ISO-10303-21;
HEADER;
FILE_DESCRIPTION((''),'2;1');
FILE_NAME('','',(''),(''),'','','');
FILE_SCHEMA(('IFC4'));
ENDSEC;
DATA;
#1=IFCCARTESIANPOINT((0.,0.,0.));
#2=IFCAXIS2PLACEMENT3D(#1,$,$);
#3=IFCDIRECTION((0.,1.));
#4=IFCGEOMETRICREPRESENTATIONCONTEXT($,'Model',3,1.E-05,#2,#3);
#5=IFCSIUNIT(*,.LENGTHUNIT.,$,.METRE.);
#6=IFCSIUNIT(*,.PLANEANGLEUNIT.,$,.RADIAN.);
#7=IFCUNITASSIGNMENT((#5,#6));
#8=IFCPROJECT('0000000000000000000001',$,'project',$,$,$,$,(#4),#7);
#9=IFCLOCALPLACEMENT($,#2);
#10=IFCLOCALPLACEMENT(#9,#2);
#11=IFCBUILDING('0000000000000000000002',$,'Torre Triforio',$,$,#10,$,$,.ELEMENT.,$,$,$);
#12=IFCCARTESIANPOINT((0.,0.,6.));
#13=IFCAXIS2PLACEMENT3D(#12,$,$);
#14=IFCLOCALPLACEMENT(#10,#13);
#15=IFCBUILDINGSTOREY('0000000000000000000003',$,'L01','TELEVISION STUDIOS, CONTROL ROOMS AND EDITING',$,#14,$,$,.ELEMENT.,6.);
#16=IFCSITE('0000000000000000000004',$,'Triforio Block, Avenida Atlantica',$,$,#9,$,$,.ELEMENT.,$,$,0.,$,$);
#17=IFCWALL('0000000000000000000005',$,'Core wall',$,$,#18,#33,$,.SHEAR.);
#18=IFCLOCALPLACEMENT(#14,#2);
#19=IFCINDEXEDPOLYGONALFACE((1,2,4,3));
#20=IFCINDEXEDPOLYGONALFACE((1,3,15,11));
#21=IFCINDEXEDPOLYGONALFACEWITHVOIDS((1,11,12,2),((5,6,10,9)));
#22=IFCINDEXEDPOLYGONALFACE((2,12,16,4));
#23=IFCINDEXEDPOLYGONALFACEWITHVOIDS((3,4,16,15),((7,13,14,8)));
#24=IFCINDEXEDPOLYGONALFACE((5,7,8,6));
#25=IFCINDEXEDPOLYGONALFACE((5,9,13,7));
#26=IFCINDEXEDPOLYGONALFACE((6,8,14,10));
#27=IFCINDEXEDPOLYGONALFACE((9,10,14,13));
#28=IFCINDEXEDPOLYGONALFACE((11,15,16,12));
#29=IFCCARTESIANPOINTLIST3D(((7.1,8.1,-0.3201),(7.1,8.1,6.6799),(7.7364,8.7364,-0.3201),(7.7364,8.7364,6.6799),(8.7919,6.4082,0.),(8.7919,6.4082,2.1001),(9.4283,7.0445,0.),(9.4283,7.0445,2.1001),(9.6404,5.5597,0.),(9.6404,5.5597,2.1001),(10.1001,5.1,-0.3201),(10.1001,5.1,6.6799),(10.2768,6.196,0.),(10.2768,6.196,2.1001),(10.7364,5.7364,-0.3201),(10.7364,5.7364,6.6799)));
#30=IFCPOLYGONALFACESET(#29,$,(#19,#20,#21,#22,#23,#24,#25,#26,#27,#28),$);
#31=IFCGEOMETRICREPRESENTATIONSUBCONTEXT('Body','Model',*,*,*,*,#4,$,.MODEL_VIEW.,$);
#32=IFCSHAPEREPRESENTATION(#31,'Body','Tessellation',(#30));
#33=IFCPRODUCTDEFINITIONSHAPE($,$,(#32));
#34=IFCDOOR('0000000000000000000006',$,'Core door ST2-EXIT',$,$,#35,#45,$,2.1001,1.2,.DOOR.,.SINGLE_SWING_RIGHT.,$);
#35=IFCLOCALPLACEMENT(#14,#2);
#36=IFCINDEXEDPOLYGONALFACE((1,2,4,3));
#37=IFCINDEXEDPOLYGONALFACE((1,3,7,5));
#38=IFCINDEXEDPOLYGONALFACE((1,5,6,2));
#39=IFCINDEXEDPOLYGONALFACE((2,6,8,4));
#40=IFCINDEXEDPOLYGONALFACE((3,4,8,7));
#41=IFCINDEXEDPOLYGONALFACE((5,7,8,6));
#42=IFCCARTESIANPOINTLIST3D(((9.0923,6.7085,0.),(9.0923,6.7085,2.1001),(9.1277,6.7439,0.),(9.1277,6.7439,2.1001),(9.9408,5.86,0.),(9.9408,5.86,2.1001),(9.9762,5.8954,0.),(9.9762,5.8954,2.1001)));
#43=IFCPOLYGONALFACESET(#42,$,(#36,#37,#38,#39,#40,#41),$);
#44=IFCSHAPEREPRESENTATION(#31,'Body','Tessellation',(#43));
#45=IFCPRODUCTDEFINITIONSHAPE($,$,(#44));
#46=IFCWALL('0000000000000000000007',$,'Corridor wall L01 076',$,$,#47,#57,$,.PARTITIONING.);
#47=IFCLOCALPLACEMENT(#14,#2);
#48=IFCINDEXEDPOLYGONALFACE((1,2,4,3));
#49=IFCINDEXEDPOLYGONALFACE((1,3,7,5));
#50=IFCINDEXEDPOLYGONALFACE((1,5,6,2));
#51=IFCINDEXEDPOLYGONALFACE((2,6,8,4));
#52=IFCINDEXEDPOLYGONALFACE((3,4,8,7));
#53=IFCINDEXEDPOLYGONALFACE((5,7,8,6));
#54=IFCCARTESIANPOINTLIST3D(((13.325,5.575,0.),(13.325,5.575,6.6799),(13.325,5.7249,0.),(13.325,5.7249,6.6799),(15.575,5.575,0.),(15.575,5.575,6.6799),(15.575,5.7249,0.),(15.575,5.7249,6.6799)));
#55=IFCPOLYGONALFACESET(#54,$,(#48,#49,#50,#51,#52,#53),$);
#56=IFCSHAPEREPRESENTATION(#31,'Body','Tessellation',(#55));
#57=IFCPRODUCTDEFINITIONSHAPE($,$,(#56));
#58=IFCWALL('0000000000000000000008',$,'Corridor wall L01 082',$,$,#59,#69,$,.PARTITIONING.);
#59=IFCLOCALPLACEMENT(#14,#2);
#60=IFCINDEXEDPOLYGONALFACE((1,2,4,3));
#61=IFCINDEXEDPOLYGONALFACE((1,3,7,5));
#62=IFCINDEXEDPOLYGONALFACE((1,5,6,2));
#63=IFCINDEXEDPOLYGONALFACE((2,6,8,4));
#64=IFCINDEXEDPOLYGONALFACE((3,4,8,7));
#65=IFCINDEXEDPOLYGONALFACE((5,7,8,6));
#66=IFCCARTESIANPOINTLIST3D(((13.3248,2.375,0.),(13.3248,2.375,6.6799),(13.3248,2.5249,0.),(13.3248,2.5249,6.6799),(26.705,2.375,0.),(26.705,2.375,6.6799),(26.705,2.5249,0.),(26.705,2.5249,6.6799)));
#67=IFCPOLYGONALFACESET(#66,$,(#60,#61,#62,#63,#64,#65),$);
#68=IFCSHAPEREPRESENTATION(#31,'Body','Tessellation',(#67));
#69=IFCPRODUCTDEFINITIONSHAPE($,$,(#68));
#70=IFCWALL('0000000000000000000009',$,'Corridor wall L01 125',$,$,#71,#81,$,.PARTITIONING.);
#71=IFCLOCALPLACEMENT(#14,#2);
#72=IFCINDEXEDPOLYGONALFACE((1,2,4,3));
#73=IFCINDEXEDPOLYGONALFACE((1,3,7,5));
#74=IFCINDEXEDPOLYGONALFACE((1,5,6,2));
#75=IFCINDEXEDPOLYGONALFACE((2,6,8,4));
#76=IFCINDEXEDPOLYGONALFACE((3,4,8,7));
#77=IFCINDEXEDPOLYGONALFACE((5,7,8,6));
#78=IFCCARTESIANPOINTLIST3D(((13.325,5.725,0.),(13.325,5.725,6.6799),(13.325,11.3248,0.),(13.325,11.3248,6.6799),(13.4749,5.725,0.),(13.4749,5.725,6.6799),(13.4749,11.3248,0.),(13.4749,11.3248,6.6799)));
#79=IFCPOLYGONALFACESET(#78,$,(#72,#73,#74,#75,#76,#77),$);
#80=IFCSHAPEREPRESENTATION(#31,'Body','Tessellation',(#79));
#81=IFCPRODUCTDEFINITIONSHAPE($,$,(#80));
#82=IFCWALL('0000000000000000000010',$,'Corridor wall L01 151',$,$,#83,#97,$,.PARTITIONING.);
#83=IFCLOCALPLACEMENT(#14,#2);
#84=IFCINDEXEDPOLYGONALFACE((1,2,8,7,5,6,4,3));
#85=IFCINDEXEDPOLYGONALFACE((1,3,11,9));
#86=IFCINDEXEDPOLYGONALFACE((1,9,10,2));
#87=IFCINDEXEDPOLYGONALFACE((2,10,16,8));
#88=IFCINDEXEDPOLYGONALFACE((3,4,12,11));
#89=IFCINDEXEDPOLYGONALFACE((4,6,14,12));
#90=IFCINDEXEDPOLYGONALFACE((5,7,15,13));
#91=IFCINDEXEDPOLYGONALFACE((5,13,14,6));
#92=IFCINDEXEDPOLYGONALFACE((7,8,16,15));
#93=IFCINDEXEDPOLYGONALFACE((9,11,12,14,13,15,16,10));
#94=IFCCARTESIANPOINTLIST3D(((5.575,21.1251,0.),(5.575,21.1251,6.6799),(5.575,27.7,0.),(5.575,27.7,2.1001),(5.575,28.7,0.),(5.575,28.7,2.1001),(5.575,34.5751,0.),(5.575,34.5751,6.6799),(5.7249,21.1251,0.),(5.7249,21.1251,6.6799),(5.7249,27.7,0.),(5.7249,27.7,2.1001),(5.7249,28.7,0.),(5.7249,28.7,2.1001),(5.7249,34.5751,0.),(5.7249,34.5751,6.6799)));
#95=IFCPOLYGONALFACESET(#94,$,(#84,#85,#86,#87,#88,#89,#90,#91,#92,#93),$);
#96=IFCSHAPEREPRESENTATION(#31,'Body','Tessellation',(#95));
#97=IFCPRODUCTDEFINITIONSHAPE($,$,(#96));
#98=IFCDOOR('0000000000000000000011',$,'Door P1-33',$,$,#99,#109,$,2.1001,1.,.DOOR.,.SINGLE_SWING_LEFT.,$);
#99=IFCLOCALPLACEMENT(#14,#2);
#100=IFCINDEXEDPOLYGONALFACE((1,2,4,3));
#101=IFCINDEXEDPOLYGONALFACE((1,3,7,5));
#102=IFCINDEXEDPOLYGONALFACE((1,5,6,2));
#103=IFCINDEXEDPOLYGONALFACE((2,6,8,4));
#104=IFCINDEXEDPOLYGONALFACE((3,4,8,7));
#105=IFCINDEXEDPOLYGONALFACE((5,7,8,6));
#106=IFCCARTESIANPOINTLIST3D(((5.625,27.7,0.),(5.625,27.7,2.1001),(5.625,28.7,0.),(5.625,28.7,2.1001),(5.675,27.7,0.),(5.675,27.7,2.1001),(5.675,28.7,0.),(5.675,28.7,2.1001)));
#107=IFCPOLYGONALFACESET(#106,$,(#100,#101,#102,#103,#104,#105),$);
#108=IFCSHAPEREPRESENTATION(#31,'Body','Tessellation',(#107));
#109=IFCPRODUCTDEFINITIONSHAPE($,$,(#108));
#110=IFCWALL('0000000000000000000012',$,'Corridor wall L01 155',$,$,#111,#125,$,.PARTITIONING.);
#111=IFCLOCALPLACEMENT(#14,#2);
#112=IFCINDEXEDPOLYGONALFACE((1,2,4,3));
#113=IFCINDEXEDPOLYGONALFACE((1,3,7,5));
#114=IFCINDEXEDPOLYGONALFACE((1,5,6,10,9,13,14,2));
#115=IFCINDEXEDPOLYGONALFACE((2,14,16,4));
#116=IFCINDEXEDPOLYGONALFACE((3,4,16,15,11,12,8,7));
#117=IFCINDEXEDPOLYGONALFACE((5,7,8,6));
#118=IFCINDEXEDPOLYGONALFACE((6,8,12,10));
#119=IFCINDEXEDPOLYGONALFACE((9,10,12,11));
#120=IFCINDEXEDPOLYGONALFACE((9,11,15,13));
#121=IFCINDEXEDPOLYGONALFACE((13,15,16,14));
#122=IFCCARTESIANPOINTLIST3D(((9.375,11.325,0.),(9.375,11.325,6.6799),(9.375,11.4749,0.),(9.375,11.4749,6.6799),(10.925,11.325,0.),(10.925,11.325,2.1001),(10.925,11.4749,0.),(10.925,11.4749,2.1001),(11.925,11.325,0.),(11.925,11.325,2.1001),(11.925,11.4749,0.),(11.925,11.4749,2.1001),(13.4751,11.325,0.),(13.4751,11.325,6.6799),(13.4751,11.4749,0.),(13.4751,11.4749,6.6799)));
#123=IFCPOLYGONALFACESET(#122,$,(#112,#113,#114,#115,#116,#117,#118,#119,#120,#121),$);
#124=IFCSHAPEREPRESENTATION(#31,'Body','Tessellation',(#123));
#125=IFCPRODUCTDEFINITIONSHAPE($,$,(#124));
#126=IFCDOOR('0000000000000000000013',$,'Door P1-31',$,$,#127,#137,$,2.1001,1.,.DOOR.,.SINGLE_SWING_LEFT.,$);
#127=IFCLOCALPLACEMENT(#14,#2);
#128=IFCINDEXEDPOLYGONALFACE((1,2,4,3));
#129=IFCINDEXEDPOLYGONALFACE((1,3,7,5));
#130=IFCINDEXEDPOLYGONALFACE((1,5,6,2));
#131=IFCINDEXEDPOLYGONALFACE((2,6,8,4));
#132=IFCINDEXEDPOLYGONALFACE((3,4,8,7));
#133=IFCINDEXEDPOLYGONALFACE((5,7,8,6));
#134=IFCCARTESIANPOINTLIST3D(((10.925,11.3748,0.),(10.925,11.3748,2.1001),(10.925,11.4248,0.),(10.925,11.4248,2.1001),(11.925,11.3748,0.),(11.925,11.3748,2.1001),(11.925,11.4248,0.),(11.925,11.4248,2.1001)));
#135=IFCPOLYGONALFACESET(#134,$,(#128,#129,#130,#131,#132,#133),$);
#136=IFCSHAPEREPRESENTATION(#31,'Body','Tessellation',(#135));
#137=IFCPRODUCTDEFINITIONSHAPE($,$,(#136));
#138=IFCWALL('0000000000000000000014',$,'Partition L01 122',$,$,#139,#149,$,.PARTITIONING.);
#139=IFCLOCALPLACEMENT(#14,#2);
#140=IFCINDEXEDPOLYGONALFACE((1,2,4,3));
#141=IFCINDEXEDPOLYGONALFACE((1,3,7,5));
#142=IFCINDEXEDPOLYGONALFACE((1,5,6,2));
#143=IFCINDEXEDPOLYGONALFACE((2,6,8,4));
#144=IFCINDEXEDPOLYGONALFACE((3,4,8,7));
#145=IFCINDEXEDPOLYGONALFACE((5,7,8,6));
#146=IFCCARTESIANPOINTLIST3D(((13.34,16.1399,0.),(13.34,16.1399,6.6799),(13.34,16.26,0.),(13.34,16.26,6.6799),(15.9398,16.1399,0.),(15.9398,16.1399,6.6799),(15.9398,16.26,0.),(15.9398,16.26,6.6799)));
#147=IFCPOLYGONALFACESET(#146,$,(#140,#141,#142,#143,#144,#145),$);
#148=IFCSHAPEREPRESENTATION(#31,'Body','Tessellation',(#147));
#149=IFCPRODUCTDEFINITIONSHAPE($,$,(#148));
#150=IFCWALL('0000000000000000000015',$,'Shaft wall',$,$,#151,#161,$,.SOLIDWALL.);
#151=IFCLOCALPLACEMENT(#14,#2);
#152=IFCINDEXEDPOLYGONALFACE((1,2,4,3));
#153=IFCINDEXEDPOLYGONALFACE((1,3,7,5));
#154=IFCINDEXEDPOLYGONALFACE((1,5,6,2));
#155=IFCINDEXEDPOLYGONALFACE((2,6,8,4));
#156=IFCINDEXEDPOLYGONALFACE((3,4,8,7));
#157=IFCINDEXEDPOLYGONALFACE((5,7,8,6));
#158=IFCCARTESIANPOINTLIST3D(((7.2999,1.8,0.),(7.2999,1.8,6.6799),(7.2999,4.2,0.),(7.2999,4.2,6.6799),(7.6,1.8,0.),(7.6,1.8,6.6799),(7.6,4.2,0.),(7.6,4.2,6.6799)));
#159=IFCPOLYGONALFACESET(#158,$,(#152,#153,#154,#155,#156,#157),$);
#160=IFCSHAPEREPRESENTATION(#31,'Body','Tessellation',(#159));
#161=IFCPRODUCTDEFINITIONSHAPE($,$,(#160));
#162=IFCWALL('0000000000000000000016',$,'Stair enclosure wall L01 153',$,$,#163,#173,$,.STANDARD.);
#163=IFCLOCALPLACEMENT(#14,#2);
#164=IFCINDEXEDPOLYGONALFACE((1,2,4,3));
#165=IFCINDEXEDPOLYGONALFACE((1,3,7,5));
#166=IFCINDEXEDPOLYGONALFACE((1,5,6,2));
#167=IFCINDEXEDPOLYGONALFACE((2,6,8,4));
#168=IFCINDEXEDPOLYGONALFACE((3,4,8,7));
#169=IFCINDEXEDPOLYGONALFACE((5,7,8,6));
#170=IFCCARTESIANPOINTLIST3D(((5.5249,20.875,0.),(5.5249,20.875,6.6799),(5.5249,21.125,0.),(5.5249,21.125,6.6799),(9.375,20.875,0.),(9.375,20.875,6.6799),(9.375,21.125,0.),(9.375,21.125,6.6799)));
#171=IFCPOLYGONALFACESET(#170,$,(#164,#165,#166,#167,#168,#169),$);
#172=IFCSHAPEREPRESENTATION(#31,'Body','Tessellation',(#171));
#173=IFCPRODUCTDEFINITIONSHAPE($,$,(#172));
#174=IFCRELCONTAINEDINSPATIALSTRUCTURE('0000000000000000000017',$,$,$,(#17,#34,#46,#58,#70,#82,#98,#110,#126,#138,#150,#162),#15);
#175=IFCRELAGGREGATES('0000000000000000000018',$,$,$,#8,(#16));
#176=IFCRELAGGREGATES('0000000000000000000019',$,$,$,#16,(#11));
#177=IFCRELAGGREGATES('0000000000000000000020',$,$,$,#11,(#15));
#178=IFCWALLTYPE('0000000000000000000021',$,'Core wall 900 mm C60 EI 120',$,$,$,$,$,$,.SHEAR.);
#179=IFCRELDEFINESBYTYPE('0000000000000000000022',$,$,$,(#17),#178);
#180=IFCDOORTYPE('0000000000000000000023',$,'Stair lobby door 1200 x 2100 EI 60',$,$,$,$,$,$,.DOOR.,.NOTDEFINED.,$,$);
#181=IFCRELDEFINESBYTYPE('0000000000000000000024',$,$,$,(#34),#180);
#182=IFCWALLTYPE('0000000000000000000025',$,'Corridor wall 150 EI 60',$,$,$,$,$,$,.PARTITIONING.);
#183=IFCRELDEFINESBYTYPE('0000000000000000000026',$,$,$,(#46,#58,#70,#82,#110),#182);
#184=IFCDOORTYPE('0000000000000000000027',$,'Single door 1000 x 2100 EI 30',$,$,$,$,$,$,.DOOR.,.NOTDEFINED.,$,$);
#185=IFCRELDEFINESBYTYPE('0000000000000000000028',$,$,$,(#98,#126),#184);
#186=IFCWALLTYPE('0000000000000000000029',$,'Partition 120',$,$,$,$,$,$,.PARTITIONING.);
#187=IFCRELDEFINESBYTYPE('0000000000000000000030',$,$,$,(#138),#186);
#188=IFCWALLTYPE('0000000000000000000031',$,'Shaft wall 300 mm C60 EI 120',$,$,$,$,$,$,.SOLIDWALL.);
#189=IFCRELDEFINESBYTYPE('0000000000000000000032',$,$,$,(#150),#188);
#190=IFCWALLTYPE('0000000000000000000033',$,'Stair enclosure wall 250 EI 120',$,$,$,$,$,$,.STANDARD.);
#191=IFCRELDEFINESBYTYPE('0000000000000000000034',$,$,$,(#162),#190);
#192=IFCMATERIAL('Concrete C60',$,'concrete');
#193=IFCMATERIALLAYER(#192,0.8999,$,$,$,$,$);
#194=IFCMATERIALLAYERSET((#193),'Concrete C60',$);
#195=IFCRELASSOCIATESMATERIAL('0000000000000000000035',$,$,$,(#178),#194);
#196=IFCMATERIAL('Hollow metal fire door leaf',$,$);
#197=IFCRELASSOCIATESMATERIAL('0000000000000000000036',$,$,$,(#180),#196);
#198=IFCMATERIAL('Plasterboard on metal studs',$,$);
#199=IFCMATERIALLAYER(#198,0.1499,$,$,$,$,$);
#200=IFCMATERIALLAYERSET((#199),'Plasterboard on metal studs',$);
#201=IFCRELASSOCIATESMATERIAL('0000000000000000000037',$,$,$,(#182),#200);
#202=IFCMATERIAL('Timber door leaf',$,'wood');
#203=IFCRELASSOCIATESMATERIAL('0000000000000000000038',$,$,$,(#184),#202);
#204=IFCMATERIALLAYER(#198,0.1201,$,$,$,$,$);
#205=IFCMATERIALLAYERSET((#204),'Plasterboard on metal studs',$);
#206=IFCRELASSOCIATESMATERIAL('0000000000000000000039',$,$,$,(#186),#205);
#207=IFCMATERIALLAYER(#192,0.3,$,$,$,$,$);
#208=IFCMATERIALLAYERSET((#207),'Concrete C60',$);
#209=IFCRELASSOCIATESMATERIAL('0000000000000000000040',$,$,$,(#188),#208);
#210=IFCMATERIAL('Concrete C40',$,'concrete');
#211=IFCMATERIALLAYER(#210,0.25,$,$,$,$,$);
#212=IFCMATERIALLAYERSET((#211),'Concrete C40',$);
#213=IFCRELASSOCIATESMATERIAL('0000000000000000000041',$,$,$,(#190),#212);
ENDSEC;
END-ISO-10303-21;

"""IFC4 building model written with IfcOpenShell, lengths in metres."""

from ifc_helpers import new_model, si_unit, direction, frame, frame_2d, origin, place, context, subcontext, project, spatial, rectangle, extrude, material, layer, layer_set, type_object, element, fill, save


model = new_model("IFC4")

# Units and contexts
model_context = context("Model", 3, precision=1e-05, world=origin(), true_north=direction((0.0, 1.0)))
body_context = subcontext(model_context, "Body", "Model", "MODEL_VIEW")
ifc_project = project(units=[si_unit("LENGTHUNIT", "METRE"), si_unit("PLANEANGLEUNIT", "RADIAN")], contexts=[model_context])

# Site, building, storey
site_placement = place(None, origin())
site = spatial("IfcSite", under=ifc_project, at=site_placement, Name="Triforio Block, Avenida Atlantica", CompositionType="ELEMENT", RefElevation=0.0)
building_placement = place(site_placement, origin())
building = spatial("IfcBuilding", under=site, at=building_placement, Name="Torre Triforio", CompositionType="ELEMENT")
storey_placement = place(building_placement, frame((0.0, 0.0, 6.0)))
storey = spatial("IfcBuildingStorey", under=building, at=storey_placement, Name="L01", Description="TELEVISION STUDIOS, CONTROL ROOMS AND EDITING", CompositionType="ELEMENT", Elevation=6.0)

# Wall, opening, door
ifc_material_1 = material(Name="Concrete C60", Category="concrete")
ifc_layer_1 = layer(ifc_material_1, 0.8999)
ifc_layer_set_1 = layer_set([ifc_layer_1], Name="Concrete C60")
wall_type_1 = type_object("IfcWallType", Name="Core wall 900 mm C60 EI 120", PredefinedType="SHEAR", material=ifc_layer_set_1)
wall_1_placement = place(storey_placement, frame((7.4182, 8.4182, -0.3201), z_axis=(0.0, 0.0, 1.0), x_axis=(0.707107, -0.707107, 0.0)))
wall_1 = element("IfcWall", 1, at=wall_1_placement, inside=storey, type_object=wall_type_1, Name="Core wall", PredefinedType="SHEAR", context=body_context, shape_type="SweptSolid", body=[
    extrude(rectangle(XDim=4.2427, YDim=0.8999, at=frame_2d((2.1213, 0.0))), origin(), (0.0, 0.0, 1.0), 7.0),
])
opening_1_placement = place(wall_1_placement, frame((2.3926, 0.0, 0.3201)))
opening_1 = element("IfcOpeningElement", 2, at=opening_1_placement, cuts=wall_1, PredefinedType="OPENING", context=body_context, shape_type="SweptSolid", body=[
    extrude(rectangle(XDim=1.2, YDim=2.1001, at=frame_2d((0.6001, 1.05))), frame((0.0, 0.46, 0.0), z_axis=(0.0, -1.0, 0.0), x_axis=(1.0, 0.0, 0.0)), (0.0, 0.0, 1.0), 0.9199),
])
ifc_material_2 = material(Name="Hollow metal fire door leaf")
door_type_1 = type_object("IfcDoorType", Name="Stair lobby door 1200 x 2100 EI 60", OperationType="NOTDEFINED", PredefinedType="DOOR", material=ifc_material_2)
door_1_placement = place(opening_1_placement, origin())
door_1 = element("IfcDoor", 3, at=door_1_placement, inside=storey, type_object=door_type_1, Name="Core door ST2-EXIT", OperationType="SINGLE_SWING_RIGHT", OverallHeight=2.1001, OverallWidth=1.2, PredefinedType="DOOR", context=body_context, shape_type="SweptSolid", body=[
    extrude(rectangle(XDim=1.2, YDim=2.1001, at=frame_2d((0.6001, 1.05))), frame((0.0, 0.0249, 0.0), z_axis=(0.0, -1.0, 0.0), x_axis=(1.0, 0.0, 0.0)), (0.0, 0.0, 1.0), 0.05),
])
fill(opening_1, door_1)

# Walls
ifc_material_3 = material(Name="Plasterboard on metal studs")
ifc_layer_2 = layer(ifc_material_3, 0.1499)
ifc_layer_set_2 = layer_set([ifc_layer_2], Name="Plasterboard on metal studs")
wall_type_2 = type_object("IfcWallType", Name="Corridor wall 150 EI 60", PredefinedType="PARTITIONING", material=ifc_layer_set_2)
wall_2_placement = place(storey_placement, frame((13.325, 5.6499, 0.0), z_axis=(0.0, 0.0, 1.0), x_axis=(1.0, 0.0, 0.0)))
element("IfcWall", 4, at=wall_2_placement, inside=storey, type_object=wall_type_2, Name="Corridor wall L01 076", PredefinedType="PARTITIONING", context=body_context, shape_type="SweptSolid", body=[
    extrude(rectangle(XDim=2.25, YDim=0.1499, at=frame_2d((1.125, 0.0))), origin(), (0.0, 0.0, 1.0), 6.6799),
])
wall_3_placement = place(storey_placement, frame((13.325, 2.45, 0.0), z_axis=(0.0, 0.0, 1.0), x_axis=(1.0, 0.0, 0.0)))
element("IfcWall", 5, at=wall_3_placement, inside=storey, type_object=wall_type_2, Name="Corridor wall L01 082", PredefinedType="PARTITIONING", context=body_context, shape_type="SweptSolid", body=[
    extrude(rectangle(XDim=13.3801, YDim=0.1499, at=frame_2d((6.6899, 0.0))), origin(), (0.0, 0.0, 1.0), 6.6799),
])
wall_4_placement = place(storey_placement, frame((13.3999, 5.7251, 0.0), z_axis=(0.0, 0.0, 1.0), x_axis=(0.0, 1.0, 0.0)))
element("IfcWall", 6, at=wall_4_placement, inside=storey, type_object=wall_type_2, Name="Corridor wall L01 125", PredefinedType="PARTITIONING", context=body_context, shape_type="SweptSolid", body=[
    extrude(rectangle(XDim=5.5999, YDim=0.1499, at=frame_2d((2.7998, 0.0))), origin(), (0.0, 0.0, 1.0), 6.6799),
])

# Walls, openings, doors
wall_5_placement = place(storey_placement, frame((5.6499, 21.125, 0.0), z_axis=(0.0, 0.0, 1.0), x_axis=(0.0, 1.0, 0.0)))
wall_5 = element("IfcWall", 7, at=wall_5_placement, inside=storey, type_object=wall_type_2, Name="Corridor wall L01 151", PredefinedType="PARTITIONING", context=body_context, shape_type="SweptSolid", body=[
    extrude(rectangle(XDim=13.45, YDim=0.1499, at=frame_2d((6.7251, 0.0))), origin(), (0.0, 0.0, 1.0), 6.6799),
])
opening_2_placement = place(wall_5_placement, frame((6.575, 0.0, 0.0)))
opening_2 = element("IfcOpeningElement", 8, at=opening_2_placement, cuts=wall_5, PredefinedType="OPENING", context=body_context, shape_type="SweptSolid", body=[
    extrude(rectangle(XDim=1.0, YDim=2.1001, at=frame_2d((0.5, 1.05))), frame((0.0, 0.085, 0.0), z_axis=(0.0, -1.0, 0.0), x_axis=(1.0, 0.0, 0.0)), (0.0, 0.0, 1.0), 0.1699),
])
ifc_material_4 = material(Name="Timber door leaf", Category="wood")
door_type_2 = type_object("IfcDoorType", Name="Single door 1000 x 2100 EI 30", OperationType="NOTDEFINED", PredefinedType="DOOR", material=ifc_material_4)
door_2_placement = place(opening_2_placement, origin())
door_2 = element("IfcDoor", 9, at=door_2_placement, inside=storey, type_object=door_type_2, Name="Door P1-33", OperationType="SINGLE_SWING_LEFT", OverallHeight=2.1001, OverallWidth=1.0, PredefinedType="DOOR", context=body_context, shape_type="SweptSolid", body=[
    extrude(rectangle(XDim=1.0, YDim=2.1001, at=frame_2d((0.5, 1.05))), frame((0.0, 0.0249, 0.0), z_axis=(0.0, -1.0, 0.0), x_axis=(1.0, 0.0, 0.0)), (0.0, 0.0, 1.0), 0.05),
])
fill(opening_2, door_2)
wall_6_placement = place(storey_placement, frame((9.375, 11.3999, 0.0), z_axis=(0.0, 0.0, 1.0), x_axis=(1.0, 0.0, 0.0)))
wall_6 = element("IfcWall", 10, at=wall_6_placement, inside=storey, type_object=wall_type_2, Name="Corridor wall L01 155", PredefinedType="PARTITIONING", context=body_context, shape_type="SweptSolid", body=[
    extrude(rectangle(XDim=4.1001, YDim=0.1499, at=frame_2d((2.05, 0.0))), origin(), (0.0, 0.0, 1.0), 6.6799),
])
opening_3_placement = place(wall_6_placement, frame((1.55, 0.0, 0.0)))
opening_3 = element("IfcOpeningElement", 11, at=opening_3_placement, cuts=wall_6, PredefinedType="OPENING", context=body_context, shape_type="SweptSolid", body=[
    extrude(rectangle(XDim=1.0, YDim=2.1001, at=frame_2d((0.5, 1.05))), frame((0.0, 0.085, 0.0), z_axis=(0.0, -1.0, 0.0), x_axis=(1.0, 0.0, 0.0)), (0.0, 0.0, 1.0), 0.1699),
])
door_3_placement = place(opening_3_placement, origin())
door_3 = element("IfcDoor", 12, at=door_3_placement, inside=storey, type_object=door_type_2, Name="Door P1-31", OperationType="SINGLE_SWING_LEFT", OverallHeight=2.1001, OverallWidth=1.0, PredefinedType="DOOR", context=body_context, shape_type="SweptSolid", body=[
    extrude(rectangle(XDim=1.0, YDim=2.1001, at=frame_2d((0.5, 1.05))), frame((0.0, 0.0249, 0.0), z_axis=(0.0, -1.0, 0.0), x_axis=(1.0, 0.0, 0.0)), (0.0, 0.0, 1.0), 0.05),
])
fill(opening_3, door_3)

# Walls
ifc_layer_3 = layer(ifc_material_3, 0.1201)
ifc_layer_set_3 = layer_set([ifc_layer_3], Name="Plasterboard on metal studs")
wall_type_3 = type_object("IfcWallType", Name="Partition 120", PredefinedType="PARTITIONING", material=ifc_layer_set_3)
wall_7_placement = place(storey_placement, frame((13.3401, 16.2, 0.0), z_axis=(0.0, 0.0, 1.0), x_axis=(1.0, 0.0, 0.0)))
element("IfcWall", 13, at=wall_7_placement, inside=storey, type_object=wall_type_3, Name="Partition L01 122", PredefinedType="PARTITIONING", context=body_context, shape_type="SweptSolid", body=[
    extrude(rectangle(XDim=2.5999, YDim=0.1201, at=frame_2d((1.2998, 0.0))), origin(), (0.0, 0.0, 1.0), 6.6799),
])
ifc_layer_4 = layer(ifc_material_1, 0.3)
ifc_layer_set_4 = layer_set([ifc_layer_4], Name="Concrete C60")
wall_type_4 = type_object("IfcWallType", Name="Shaft wall 300 mm C60 EI 120", PredefinedType="SOLIDWALL", material=ifc_layer_set_4)
wall_8_placement = place(storey_placement, frame((7.45, 1.8, 0.0), z_axis=(0.0, 0.0, 1.0), x_axis=(0.0, 1.0, 0.0)))
element("IfcWall", 14, at=wall_8_placement, inside=storey, type_object=wall_type_4, Name="Shaft wall", PredefinedType="SOLIDWALL", context=body_context, shape_type="SweptSolid", body=[
    extrude(rectangle(XDim=2.3999, YDim=0.3, at=frame_2d((1.2, 0.0))), origin(), (0.0, 0.0, 1.0), 6.6799),
])
ifc_material_5 = material(Name="Concrete C40", Category="concrete")
ifc_layer_5 = layer(ifc_material_5, 0.25)
ifc_layer_set_5 = layer_set([ifc_layer_5], Name="Concrete C40")
wall_type_5 = type_object("IfcWallType", Name="Stair enclosure wall 250 EI 120", PredefinedType="STANDARD", material=ifc_layer_set_5)
wall_9_placement = place(storey_placement, frame((5.5249, 21.0, 0.0), z_axis=(0.0, 0.0, 1.0), x_axis=(1.0, 0.0, 0.0)))
element("IfcWall", 15, at=wall_9_placement, inside=storey, type_object=wall_type_5, Name="Stair enclosure wall L01 153", PredefinedType="STANDARD", context=body_context, shape_type="SweptSolid", body=[
    extrude(rectangle(XDim=3.8501, YDim=0.25, at=frame_2d((1.925, 0.0))), origin(), (0.0, 0.0, 1.0), 6.6799),
])

save(model, "model.ifc")
